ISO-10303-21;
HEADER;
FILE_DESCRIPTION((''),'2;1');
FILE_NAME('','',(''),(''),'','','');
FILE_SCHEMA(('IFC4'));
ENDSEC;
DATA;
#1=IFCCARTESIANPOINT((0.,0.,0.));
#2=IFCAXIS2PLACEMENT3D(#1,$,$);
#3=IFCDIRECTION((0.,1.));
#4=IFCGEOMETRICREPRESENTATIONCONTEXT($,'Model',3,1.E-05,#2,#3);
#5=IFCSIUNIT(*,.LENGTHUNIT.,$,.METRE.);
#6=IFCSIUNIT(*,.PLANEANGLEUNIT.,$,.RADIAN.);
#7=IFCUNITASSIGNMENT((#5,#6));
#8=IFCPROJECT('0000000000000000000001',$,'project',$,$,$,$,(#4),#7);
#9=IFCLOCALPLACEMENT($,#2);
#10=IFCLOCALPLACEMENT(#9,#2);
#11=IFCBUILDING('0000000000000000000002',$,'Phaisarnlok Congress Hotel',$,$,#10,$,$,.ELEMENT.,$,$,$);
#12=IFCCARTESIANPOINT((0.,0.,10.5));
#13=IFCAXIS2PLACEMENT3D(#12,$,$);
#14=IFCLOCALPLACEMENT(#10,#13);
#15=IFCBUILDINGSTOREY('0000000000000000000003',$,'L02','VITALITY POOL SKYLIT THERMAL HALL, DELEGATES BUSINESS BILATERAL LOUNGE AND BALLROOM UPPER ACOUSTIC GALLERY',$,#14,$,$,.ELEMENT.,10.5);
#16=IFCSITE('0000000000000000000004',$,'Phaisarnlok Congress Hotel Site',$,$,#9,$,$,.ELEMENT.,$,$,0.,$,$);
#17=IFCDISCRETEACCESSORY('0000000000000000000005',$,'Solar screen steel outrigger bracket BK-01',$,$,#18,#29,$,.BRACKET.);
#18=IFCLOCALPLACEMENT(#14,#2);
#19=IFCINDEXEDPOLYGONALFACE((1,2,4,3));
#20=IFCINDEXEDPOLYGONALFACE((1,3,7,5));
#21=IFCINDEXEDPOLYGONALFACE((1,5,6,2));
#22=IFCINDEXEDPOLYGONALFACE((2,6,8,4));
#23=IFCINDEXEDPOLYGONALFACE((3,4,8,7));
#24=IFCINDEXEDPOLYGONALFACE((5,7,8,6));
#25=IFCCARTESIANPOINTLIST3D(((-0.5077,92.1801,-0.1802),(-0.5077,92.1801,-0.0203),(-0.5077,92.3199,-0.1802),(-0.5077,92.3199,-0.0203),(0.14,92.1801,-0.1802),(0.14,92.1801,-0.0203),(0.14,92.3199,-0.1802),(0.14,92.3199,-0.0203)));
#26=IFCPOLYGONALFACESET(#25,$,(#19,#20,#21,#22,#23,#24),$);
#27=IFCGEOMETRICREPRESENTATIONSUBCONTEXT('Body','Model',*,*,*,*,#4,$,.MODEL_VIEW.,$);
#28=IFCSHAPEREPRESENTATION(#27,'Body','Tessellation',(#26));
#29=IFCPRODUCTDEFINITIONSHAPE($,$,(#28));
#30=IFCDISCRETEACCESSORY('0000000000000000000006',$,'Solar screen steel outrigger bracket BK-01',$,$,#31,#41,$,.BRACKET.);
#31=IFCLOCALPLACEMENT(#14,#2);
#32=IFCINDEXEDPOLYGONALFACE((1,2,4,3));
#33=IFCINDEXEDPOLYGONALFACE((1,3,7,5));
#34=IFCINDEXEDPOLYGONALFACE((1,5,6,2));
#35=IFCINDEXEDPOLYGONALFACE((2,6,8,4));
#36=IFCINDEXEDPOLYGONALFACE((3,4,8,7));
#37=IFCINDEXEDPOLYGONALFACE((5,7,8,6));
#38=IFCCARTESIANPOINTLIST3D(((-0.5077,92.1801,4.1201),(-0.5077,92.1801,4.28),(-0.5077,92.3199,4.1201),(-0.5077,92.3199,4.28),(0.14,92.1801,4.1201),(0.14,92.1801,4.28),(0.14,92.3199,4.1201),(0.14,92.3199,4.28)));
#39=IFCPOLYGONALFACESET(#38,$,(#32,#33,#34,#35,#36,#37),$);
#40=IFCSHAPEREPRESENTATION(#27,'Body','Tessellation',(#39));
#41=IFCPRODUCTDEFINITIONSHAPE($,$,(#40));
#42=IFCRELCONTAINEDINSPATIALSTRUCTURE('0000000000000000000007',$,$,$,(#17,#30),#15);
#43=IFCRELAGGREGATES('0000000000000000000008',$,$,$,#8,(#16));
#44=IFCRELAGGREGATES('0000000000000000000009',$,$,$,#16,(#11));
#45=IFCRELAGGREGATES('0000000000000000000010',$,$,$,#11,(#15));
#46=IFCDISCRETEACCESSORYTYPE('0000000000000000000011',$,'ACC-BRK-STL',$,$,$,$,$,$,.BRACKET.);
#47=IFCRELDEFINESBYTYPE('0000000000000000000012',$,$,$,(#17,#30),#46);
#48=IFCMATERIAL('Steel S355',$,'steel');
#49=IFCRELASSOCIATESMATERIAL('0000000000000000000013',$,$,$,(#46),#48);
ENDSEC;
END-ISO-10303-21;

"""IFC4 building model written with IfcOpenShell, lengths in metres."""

from ifc_helpers import new_model, si_unit, direction, frame, origin, origin_2d, place, context, subcontext, project, spatial, rectangle, extrude, material, type_object, element, save


model = new_model("IFC4")

# Units and contexts
model_context = context("Model", 3, precision=1e-05, world=origin(), true_north=direction((0.0, 1.0)))
body_context = subcontext(model_context, "Body", "Model", "MODEL_VIEW")
ifc_project = project(units=[si_unit("LENGTHUNIT", "METRE"), si_unit("PLANEANGLEUNIT", "RADIAN")], contexts=[model_context])

# Site, building, storey
site_placement = place(None, origin())
site = spatial("IfcSite", under=ifc_project, at=site_placement, Name="Phaisarnlok Congress Hotel Site", CompositionType="ELEMENT", RefElevation=0.0)
building_placement = place(site_placement, origin())
building = spatial("IfcBuilding", under=site, at=building_placement, Name="Phaisarnlok Congress Hotel", CompositionType="ELEMENT")
storey_placement = place(building_placement, frame((0.0, 0.0, 10.5)))
storey = spatial("IfcBuildingStorey", under=building, at=storey_placement, Name="L02", Description="VITALITY POOL SKYLIT THERMAL HALL, DELEGATES BUSINESS BILATERAL LOUNGE AND BALLROOM UPPER ACOUSTIC GALLERY", CompositionType="ELEMENT", Elevation=10.5)

# Discrete accessories
ifc_material_1 = material(Name="Steel S355", Category="steel")
discrete_accessory_type = type_object("IfcDiscreteAccessoryType", Name="ACC-BRK-STL", PredefinedType="BRACKET", material=ifc_material_1)
for number, where, z_axis, x_axis, name in (
    (1, (-0.1838, 92.25, -0.1802), (0.0, 0.0, 1.0), (1.0, 0.0, 0.0), "Solar screen steel outrigger bracket BK-01"),
    (2, (-0.1838, 92.25, 4.1201), (0.0, 0.0, 1.0), (1.0, 0.0, 0.0), "Solar screen steel outrigger bracket BK-01"),
):
    element("IfcDiscreteAccessory", number, at=place(storey_placement, frame(where, z_axis=z_axis, x_axis=x_axis)), inside=storey, type_object=discrete_accessory_type, Name=name, PredefinedType="BRACKET", context=body_context, shape_type="SweptSolid", body=[
        extrude(rectangle(XDim=0.6477, YDim=0.1399, at=origin_2d()), origin(), (0.0, 0.0, 1.0), 0.1599),
    ])

save(model, "model.ifc")
